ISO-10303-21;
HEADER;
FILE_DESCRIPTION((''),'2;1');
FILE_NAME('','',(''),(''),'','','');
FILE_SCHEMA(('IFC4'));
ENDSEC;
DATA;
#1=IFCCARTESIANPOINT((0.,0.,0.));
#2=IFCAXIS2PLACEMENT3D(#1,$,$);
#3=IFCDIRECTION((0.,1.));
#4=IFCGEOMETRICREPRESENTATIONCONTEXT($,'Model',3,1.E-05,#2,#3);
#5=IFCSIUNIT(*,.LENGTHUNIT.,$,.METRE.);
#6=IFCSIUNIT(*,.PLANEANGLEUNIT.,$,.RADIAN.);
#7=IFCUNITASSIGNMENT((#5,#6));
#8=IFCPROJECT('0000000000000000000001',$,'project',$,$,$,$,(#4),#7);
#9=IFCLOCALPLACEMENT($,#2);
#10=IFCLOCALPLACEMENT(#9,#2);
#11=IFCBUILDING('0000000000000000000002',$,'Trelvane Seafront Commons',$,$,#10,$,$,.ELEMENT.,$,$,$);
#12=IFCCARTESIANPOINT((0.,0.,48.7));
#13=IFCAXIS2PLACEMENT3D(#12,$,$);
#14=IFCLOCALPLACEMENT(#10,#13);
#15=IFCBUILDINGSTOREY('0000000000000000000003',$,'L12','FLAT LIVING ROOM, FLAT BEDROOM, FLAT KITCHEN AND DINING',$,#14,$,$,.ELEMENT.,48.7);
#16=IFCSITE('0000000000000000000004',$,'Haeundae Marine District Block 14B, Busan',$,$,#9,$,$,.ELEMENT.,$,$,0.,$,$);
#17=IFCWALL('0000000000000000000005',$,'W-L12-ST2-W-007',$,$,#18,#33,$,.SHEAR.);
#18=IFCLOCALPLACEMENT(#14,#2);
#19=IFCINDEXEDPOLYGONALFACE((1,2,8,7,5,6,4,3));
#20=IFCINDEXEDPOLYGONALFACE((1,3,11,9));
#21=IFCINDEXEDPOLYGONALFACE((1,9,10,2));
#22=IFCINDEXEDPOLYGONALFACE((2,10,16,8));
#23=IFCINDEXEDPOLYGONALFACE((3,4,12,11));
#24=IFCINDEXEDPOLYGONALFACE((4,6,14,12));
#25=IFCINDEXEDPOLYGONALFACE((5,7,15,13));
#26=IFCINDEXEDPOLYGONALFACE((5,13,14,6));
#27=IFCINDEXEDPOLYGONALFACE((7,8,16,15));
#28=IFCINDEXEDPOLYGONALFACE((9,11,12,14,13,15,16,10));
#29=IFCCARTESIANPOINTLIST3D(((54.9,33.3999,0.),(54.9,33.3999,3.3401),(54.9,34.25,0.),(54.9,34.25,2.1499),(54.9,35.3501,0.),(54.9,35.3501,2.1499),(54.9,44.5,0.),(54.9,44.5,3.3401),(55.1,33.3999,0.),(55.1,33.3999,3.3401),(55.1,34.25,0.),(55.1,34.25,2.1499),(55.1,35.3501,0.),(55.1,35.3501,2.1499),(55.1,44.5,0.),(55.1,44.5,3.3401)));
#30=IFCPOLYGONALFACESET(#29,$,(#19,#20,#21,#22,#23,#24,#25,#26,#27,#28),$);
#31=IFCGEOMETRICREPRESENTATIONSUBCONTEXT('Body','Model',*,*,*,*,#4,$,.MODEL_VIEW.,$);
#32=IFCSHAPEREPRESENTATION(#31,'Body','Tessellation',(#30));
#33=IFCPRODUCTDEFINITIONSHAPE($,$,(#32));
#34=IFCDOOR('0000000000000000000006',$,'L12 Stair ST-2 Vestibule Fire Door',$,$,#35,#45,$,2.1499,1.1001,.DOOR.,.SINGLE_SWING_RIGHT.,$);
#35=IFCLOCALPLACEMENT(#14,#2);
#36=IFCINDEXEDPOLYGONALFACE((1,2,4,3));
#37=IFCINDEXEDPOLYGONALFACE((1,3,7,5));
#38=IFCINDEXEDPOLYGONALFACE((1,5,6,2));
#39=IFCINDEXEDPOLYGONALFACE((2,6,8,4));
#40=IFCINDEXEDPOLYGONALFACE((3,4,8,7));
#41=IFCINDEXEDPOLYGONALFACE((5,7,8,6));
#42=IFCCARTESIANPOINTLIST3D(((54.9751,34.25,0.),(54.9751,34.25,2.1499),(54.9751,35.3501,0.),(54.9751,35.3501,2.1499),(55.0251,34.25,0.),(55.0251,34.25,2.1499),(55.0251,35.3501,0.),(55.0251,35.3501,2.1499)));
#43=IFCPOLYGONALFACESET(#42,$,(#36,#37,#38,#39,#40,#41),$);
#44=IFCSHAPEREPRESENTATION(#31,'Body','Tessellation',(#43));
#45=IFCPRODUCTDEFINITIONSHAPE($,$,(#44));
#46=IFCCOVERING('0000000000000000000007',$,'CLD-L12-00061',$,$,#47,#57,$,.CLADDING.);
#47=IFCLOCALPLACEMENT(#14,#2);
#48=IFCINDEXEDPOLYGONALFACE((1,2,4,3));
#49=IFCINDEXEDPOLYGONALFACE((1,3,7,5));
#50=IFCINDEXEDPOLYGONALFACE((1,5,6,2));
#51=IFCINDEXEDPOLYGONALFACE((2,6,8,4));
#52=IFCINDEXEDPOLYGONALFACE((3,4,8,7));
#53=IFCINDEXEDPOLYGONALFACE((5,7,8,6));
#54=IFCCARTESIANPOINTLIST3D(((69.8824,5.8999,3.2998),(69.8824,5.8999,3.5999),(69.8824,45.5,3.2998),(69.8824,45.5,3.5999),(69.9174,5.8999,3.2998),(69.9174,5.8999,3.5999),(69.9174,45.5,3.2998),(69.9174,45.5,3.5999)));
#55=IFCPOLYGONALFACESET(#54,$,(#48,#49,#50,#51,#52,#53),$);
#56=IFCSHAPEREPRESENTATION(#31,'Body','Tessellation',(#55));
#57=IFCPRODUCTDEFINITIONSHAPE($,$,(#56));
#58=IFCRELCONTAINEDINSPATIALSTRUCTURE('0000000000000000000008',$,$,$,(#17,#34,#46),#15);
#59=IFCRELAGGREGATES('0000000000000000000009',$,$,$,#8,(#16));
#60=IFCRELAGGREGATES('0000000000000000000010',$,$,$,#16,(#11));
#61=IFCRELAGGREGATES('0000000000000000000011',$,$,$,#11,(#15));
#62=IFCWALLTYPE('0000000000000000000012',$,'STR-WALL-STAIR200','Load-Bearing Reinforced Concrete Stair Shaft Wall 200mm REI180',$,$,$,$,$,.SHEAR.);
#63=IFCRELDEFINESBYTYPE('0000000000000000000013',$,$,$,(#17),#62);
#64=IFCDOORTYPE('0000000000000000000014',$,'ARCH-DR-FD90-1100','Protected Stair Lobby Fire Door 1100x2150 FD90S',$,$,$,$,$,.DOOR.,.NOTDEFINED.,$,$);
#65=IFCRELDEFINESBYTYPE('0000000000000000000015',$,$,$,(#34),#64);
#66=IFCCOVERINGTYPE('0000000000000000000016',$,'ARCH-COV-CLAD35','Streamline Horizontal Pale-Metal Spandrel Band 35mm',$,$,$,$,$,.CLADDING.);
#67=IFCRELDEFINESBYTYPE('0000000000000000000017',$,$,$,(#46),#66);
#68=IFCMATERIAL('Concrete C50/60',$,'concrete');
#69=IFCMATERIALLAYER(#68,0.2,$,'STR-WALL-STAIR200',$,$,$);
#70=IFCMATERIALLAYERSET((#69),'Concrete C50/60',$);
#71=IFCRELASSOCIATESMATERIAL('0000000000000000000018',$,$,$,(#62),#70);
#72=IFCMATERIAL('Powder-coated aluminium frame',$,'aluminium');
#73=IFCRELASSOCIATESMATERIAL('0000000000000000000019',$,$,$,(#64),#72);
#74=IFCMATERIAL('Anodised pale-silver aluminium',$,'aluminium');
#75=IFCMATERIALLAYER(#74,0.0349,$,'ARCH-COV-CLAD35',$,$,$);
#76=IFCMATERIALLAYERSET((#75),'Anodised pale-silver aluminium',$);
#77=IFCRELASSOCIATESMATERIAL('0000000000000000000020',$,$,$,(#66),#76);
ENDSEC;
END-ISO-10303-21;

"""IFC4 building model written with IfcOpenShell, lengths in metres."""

from ifc_helpers import new_model, si_unit, direction, frame, frame_2d, origin, origin_2d, place, context, subcontext, project, spatial, rectangle, extrude, source, transform, mapped, material, layer, layer_set, type_object, element, fill, save


model = new_model("IFC4")

# Units and contexts
model_context = context("Model", 3, precision=1e-05, world=origin(), true_north=direction((0.0, 1.0)))
body_context = subcontext(model_context, "Body", "Model", "MODEL_VIEW")
ifc_project = project(units=[si_unit("LENGTHUNIT", "METRE"), si_unit("PLANEANGLEUNIT", "RADIAN")], contexts=[model_context])

# Site, building, storey
site_placement = place(None, origin())
site = spatial("IfcSite", under=ifc_project, at=site_placement, Name="Haeundae Marine District Block 14B, Busan", CompositionType="ELEMENT", RefElevation=0.0)
building_placement = place(site_placement, origin())
building = spatial("IfcBuilding", under=site, at=building_placement, Name="Trelvane Seafront Commons", CompositionType="ELEMENT")
storey_placement = place(building_placement, frame((0.0, 0.0, 48.7)))
storey = spatial("IfcBuildingStorey", under=building, at=storey_placement, Name="L12", Description="FLAT LIVING ROOM, FLAT BEDROOM, FLAT KITCHEN AND DINING", CompositionType="ELEMENT", Elevation=48.7)

# Shared definitions
ifc_material_1 = material(Name="Anodised pale-silver aluminium", Category="aluminium")

# Shared definitions
ifc_material_2 = material(Name="Powder-coated aluminium frame", Category="aluminium")

# Wall, opening, door
ifc_material_3 = material(Name="Concrete C50/60", Category="concrete")
ifc_layer_1 = layer(ifc_material_3, 0.2, Name="STR-WALL-STAIR200")
ifc_layer_set_1 = layer_set([ifc_layer_1], Name="Concrete C50/60")
wall_type_1 = type_object("IfcWallType", Name="STR-WALL-STAIR200", Description="Load-Bearing Reinforced Concrete Stair Shaft Wall 200mm REI180", PredefinedType="SHEAR", material=ifc_layer_set_1)
wall_1_placement = place(storey_placement, frame((55.0, 33.3999, 0.0), z_axis=(0.0, 0.0, 1.0), x_axis=(0.0, 1.0, 0.0)))
wall_1 = element("IfcWall", 1, at=wall_1_placement, inside=storey, type_object=wall_type_1, Name="W-L12-ST2-W-007", PredefinedType="SHEAR", context=body_context, shape_type="SweptSolid", body=[
    extrude(rectangle(XDim=11.1001, YDim=0.2, at=frame_2d((5.55, 0.0))), origin(), (0.0, 0.0, 1.0), 3.3401),
])
opening_1_placement = place(wall_1_placement, frame((0.8501, 0.0, 0.0)))
opening_1 = element("IfcOpeningElement", 2, at=opening_1_placement, cuts=wall_1, PredefinedType="OPENING", context=body_context, shape_type="SweptSolid", body=[
    extrude(rectangle(XDim=1.1001, YDim=2.1499, at=frame_2d((0.55, 1.075))), frame((0.0, 0.1099, 0.0), z_axis=(0.0, -1.0, 0.0), x_axis=(1.0, 0.0, 0.0)), (0.0, 0.0, 1.0), 0.22),
])
door_type_1 = type_object("IfcDoorType", Name="ARCH-DR-FD90-1100", Description="Protected Stair Lobby Fire Door 1100x2150 FD90S", OperationType="NOTDEFINED", PredefinedType="DOOR", material=ifc_material_2)
shared_shape_1 = source(origin(), body_context, "Body", "SweptSolid", [
    extrude(rectangle(XDim=1.1001, YDim=2.1499, at=frame_2d((0.55, 1.075))), frame((0.0, 0.0249, 0.0), z_axis=(0.0, -1.0, 0.0), x_axis=(1.0, 0.0, 0.0)), (0.0, 0.0, 1.0), 0.05),
])
door_1_placement = place(opening_1_placement, origin())
door_1 = element("IfcDoor", 3, at=door_1_placement, inside=storey, type_object=door_type_1, Name="L12 Stair ST-2 Vestibule Fire Door", OperationType="SINGLE_SWING_RIGHT", OverallHeight=2.1499, OverallWidth=1.1001, PredefinedType="DOOR", context=body_context, shape_type="MappedRepresentation", body=[
    mapped(shared_shape_1, transform((0.0, 0.0, 0.0), x_axis=(1.0, 0.0, 0.0), y_axis=(0.0, 1.0, 0.0), z_axis=(0.0, 0.0, 1.0), scale=1.0)),
])
fill(opening_1, door_1)

# Covering
ifc_layer_2 = layer(ifc_material_1, 0.0349, Name="ARCH-COV-CLAD35")
ifc_layer_set_2 = layer_set([ifc_layer_2], Name="Anodised pale-silver aluminium")
covering_type = type_object("IfcCoveringType", Name="ARCH-COV-CLAD35", Description="Streamline Horizontal Pale-Metal Spandrel Band 35mm", PredefinedType="CLADDING", material=ifc_layer_set_2)
shared_shape_2 = source(origin(), body_context, "Body", "SweptSolid", [
    extrude(rectangle(XDim=39.6001, YDim=0.0349, at=origin_2d()), origin(), (0.0, 0.0, 1.0), 0.3),
])
covering_placement = place(storey_placement, frame((69.8999, 25.7, 3.2998), z_axis=(0.0, 0.0, 1.0), x_axis=(0.0, -1.0, 0.0)))
element("IfcCovering", 4, at=covering_placement, inside=storey, type_object=covering_type, Name="CLD-L12-00061", PredefinedType="CLADDING", context=body_context, shape_type="MappedRepresentation", body=[
    mapped(shared_shape_2, transform((0.0, 0.0, 0.0), x_axis=(1.0, 0.0, 0.0), y_axis=(0.0, 1.0, 0.0), z_axis=(0.0, 0.0, 1.0), scale=1.0)),
])

save(model, "model.ifc")
